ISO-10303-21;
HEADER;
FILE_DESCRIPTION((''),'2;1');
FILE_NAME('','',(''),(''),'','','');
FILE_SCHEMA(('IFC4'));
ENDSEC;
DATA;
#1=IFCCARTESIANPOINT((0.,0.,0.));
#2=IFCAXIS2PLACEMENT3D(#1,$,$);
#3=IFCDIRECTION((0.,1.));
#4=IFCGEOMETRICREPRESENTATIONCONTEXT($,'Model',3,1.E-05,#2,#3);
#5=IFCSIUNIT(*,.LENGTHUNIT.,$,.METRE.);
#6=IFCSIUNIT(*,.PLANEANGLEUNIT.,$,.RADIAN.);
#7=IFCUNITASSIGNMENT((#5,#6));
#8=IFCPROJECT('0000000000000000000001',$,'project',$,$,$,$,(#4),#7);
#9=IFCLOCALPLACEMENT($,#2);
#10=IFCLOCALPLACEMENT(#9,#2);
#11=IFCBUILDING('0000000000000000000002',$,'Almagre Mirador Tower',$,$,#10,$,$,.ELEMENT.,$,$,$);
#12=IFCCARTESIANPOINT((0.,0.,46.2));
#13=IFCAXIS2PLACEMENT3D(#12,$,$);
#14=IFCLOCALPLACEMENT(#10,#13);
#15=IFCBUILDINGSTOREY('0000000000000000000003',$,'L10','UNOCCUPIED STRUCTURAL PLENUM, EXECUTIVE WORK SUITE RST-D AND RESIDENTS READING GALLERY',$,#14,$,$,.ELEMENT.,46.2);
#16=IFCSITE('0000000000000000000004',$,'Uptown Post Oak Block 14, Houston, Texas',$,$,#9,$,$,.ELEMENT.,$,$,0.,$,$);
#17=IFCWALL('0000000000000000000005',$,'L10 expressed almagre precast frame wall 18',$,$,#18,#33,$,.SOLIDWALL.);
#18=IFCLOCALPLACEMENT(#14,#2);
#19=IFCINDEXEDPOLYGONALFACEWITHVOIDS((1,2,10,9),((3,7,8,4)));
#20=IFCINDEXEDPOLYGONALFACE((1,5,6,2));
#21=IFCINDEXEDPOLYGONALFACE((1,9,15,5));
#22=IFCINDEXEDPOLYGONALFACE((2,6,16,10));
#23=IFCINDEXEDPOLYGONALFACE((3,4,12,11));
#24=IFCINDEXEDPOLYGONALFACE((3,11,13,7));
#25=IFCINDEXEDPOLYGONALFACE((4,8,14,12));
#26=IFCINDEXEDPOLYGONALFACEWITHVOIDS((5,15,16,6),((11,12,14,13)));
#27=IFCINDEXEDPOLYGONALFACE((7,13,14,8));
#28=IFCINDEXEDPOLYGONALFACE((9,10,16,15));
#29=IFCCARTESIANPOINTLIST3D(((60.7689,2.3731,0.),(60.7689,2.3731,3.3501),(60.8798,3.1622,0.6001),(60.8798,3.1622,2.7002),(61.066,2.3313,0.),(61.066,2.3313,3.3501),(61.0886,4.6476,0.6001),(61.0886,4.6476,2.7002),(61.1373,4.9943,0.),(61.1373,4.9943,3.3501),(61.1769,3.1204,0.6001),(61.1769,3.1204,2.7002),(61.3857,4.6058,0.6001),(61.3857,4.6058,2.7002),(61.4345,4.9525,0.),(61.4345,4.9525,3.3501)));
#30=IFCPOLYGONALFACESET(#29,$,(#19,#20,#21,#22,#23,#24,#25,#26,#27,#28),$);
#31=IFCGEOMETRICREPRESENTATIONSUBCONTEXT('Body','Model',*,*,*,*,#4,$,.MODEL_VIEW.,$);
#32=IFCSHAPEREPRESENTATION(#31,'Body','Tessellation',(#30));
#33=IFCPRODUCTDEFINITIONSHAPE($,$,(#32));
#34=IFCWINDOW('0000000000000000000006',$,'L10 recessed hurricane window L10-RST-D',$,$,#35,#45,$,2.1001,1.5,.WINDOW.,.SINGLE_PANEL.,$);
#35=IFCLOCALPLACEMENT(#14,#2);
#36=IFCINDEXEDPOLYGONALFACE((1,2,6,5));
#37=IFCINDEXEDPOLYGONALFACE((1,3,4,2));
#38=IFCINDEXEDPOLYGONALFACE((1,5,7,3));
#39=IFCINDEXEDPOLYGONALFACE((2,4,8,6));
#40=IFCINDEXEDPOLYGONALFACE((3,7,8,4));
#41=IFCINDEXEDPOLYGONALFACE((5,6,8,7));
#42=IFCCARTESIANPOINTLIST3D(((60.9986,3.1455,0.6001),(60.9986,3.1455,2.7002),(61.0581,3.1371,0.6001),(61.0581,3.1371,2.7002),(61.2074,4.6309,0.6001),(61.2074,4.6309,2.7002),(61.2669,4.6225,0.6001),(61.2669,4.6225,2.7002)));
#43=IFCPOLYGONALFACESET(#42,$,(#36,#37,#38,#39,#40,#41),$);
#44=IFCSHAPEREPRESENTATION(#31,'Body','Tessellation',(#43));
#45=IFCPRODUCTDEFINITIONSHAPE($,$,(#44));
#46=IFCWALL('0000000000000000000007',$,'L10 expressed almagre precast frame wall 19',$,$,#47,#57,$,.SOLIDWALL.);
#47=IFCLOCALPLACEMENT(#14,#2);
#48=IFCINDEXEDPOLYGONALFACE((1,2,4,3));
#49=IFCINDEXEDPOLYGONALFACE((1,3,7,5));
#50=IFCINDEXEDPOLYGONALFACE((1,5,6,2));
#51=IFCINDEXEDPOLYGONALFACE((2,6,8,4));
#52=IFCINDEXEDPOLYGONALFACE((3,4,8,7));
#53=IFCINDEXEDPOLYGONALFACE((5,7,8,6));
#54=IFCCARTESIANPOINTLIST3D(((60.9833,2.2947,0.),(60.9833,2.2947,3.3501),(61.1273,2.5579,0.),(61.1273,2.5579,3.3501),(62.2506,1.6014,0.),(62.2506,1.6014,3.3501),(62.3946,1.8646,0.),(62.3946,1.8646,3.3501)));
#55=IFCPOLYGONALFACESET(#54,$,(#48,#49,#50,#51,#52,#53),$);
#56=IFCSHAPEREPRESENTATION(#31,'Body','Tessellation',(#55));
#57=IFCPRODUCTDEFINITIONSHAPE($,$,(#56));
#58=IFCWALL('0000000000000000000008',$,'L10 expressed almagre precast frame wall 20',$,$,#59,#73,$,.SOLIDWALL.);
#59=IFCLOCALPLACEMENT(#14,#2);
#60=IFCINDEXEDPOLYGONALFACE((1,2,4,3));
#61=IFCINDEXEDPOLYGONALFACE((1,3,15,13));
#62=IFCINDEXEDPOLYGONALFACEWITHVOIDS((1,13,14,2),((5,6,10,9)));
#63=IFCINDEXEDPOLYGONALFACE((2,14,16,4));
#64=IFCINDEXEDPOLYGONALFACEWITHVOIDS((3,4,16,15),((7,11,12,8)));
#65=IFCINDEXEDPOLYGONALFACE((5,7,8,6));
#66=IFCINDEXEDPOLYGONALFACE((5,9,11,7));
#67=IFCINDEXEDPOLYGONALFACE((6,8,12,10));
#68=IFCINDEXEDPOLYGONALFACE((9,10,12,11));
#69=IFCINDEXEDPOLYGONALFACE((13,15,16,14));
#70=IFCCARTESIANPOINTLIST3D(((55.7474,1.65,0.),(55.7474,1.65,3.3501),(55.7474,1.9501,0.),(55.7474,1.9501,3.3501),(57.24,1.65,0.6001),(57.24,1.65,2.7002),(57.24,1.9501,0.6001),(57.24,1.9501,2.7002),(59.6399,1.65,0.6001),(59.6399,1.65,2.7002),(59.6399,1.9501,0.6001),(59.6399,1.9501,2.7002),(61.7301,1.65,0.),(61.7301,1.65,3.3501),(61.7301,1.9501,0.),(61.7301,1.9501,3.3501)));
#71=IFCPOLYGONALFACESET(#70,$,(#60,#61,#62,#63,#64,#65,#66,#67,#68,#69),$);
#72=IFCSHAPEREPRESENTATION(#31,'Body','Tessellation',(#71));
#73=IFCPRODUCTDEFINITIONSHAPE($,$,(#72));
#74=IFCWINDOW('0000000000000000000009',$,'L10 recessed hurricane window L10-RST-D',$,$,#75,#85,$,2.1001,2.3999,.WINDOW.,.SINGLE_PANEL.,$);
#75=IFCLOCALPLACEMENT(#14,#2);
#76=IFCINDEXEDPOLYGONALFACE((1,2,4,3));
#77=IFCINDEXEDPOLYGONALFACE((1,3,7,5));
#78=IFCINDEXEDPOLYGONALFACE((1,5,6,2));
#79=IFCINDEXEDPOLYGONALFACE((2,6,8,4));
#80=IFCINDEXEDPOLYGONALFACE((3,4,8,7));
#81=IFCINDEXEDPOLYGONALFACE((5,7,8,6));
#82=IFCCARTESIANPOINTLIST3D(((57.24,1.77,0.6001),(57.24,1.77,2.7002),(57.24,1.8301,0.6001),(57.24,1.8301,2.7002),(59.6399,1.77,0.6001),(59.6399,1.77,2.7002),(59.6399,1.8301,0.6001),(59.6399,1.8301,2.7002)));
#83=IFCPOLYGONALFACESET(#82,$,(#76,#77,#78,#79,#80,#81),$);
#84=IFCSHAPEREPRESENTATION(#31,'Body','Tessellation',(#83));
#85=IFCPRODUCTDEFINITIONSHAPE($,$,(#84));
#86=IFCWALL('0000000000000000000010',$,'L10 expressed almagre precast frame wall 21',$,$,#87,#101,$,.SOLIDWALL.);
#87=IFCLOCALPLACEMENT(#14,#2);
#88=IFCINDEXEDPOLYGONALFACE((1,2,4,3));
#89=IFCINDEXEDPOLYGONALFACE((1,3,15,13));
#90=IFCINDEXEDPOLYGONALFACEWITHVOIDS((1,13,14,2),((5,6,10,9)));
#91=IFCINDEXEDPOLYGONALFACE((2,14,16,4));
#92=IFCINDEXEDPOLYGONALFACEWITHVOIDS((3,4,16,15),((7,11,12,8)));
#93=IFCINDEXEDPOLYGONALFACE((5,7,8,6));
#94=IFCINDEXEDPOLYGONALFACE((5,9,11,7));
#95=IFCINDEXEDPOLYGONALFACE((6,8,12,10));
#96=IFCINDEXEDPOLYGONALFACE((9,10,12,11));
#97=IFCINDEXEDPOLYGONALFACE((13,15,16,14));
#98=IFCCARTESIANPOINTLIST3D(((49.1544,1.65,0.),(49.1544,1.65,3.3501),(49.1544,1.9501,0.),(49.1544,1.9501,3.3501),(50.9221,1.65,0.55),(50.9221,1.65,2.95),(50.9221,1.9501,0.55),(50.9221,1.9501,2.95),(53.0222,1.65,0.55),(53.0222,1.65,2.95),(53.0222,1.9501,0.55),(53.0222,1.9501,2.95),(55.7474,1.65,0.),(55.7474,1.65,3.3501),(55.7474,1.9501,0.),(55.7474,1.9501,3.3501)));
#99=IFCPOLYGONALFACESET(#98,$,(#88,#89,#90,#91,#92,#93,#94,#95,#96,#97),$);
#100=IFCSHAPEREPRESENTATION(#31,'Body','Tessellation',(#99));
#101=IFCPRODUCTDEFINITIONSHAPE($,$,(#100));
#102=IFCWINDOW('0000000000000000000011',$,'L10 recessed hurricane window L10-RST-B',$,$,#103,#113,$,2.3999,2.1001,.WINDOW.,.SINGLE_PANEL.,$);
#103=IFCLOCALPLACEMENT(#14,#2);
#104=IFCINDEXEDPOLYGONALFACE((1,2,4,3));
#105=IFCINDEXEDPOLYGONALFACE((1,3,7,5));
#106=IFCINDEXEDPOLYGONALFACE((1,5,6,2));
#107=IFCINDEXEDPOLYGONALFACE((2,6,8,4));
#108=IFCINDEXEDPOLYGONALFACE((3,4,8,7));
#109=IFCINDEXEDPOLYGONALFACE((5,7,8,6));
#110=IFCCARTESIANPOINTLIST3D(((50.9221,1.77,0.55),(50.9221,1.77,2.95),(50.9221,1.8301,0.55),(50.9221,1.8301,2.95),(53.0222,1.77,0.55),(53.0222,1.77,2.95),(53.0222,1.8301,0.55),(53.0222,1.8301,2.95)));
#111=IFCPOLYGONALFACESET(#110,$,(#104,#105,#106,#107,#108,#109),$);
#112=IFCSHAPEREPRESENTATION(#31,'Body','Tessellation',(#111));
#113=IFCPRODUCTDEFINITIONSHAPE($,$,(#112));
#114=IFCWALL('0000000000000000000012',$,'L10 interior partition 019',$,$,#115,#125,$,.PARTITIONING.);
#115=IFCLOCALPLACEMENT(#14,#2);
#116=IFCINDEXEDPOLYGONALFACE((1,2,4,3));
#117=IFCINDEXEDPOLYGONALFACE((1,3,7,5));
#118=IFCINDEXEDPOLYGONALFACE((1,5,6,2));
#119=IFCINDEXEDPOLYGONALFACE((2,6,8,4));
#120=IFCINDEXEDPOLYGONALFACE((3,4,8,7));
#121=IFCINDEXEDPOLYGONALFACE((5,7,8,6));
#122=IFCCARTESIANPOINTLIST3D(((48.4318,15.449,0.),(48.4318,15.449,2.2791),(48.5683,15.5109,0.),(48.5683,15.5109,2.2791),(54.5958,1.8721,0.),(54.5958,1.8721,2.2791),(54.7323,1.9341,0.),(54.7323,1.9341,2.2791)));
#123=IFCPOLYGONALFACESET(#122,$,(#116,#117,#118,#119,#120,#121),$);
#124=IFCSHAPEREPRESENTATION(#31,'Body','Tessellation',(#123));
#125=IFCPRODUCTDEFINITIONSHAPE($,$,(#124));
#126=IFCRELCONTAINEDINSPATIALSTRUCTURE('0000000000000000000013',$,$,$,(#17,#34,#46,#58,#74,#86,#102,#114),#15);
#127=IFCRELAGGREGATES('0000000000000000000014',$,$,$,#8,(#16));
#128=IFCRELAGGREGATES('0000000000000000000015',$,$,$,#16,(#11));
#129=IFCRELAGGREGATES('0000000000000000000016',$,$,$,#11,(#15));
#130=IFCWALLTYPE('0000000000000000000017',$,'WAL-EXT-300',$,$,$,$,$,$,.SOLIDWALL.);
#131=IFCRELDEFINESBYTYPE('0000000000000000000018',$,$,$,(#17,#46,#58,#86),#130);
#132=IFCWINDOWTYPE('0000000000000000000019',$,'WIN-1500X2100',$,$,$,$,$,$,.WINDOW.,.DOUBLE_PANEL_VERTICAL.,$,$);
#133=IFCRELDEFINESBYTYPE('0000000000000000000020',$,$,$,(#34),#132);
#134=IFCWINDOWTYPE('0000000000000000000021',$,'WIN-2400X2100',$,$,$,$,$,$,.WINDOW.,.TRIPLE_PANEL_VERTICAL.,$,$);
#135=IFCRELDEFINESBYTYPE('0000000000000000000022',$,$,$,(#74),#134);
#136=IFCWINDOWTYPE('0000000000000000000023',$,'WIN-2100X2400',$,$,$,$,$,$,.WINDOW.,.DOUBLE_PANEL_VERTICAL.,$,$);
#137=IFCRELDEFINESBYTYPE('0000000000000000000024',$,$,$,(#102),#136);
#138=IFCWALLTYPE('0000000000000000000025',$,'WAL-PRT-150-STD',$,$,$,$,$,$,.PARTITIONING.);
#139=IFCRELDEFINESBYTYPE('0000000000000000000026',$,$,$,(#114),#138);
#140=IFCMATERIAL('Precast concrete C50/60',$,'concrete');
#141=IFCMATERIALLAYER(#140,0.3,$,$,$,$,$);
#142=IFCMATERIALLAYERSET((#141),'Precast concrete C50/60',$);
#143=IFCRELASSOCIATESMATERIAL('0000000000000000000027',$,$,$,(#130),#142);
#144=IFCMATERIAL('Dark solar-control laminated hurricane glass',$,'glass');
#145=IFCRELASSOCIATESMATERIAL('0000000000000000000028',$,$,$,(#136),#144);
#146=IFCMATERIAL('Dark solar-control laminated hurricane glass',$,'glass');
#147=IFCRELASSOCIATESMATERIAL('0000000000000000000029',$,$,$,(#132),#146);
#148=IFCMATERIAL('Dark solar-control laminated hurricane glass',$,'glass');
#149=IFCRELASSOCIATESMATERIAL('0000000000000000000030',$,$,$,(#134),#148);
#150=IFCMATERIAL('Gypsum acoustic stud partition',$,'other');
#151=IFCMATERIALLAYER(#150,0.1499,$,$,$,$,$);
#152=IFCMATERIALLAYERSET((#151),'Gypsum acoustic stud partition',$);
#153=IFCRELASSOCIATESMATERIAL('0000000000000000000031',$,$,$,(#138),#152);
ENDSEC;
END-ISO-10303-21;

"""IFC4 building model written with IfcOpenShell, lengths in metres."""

from ifc_helpers import new_model, si_unit, direction, frame, frame_2d, origin, place, context, subcontext, project, spatial, rectangle, extrude, material, layer, layer_set, type_object, element, fill, save


model = new_model("IFC4")

# Units and contexts
model_context = context("Model", 3, precision=1e-05, world=origin(), true_north=direction((0.0, 1.0)))
body_context = subcontext(model_context, "Body", "Model", "MODEL_VIEW")
ifc_project = project(units=[si_unit("LENGTHUNIT", "METRE"), si_unit("PLANEANGLEUNIT", "RADIAN")], contexts=[model_context])

# Site, building, storey
site_placement = place(None, origin())
site = spatial("IfcSite", under=ifc_project, at=site_placement, Name="Uptown Post Oak Block 14, Houston, Texas", CompositionType="ELEMENT", RefElevation=0.0)
building_placement = place(site_placement, origin())
building = spatial("IfcBuilding", under=site, at=building_placement, Name="Almagre Mirador Tower", CompositionType="ELEMENT")
storey_placement = place(building_placement, frame((0.0, 0.0, 46.2)))
storey = spatial("IfcBuildingStorey", under=building, at=storey_placement, Name="L10", Description="UNOCCUPIED STRUCTURAL PLENUM, EXECUTIVE WORK SUITE RST-D AND RESIDENTS READING GALLERY", CompositionType="ELEMENT", Elevation=46.2)

# Shared definitions
ifc_material_1 = material(Name="Precast concrete C50/60", Category="concrete")
ifc_layer_1 = layer(ifc_material_1, 0.3)
ifc_layer_set_1 = layer_set([ifc_layer_1], Name="Precast concrete C50/60")
wall_type_1 = type_object("IfcWallType", Name="WAL-EXT-300", PredefinedType="SOLIDWALL", material=ifc_layer_set_1)
ifc_material_2 = material(Name="Dark solar-control laminated hurricane glass", Category="glass")
window_type_1 = type_object("IfcWindowType", Name="WIN-2100X2400", PartitioningType="DOUBLE_PANEL_VERTICAL", PredefinedType="WINDOW", material=ifc_material_2)

# Wall, opening, window
wall_1_placement = place(storey_placement, frame((61.2859, 4.9734, 0.0), z_axis=(0.0, 0.0, 1.0), x_axis=(-0.139187, -0.990266, 0.0)))
wall_1 = element("IfcWall", 1, at=wall_1_placement, inside=storey, type_object=wall_type_1, Name="L10 expressed almagre precast frame wall 18", PredefinedType="SOLIDWALL", context=body_context, shape_type="SweptSolid", body=[
    extrude(rectangle(XDim=2.647, YDim=0.3, at=frame_2d((1.3235, 0.0))), origin(), (0.0, 0.0, 1.0), 3.3501),
])
opening_1_placement = place(wall_1_placement, frame((0.3501, 0.0, 0.6001)))
opening_1 = element("IfcOpeningElement", 2, at=opening_1_placement, cuts=wall_1, PredefinedType="OPENING", context=body_context, shape_type="SweptSolid", body=[
    extrude(rectangle(XDim=1.5, YDim=2.1001, at=frame_2d((0.75, 1.05))), frame((0.0, 0.1599, 0.0), z_axis=(0.0, -1.0, 0.0), x_axis=(1.0, 0.0, 0.0)), (0.0, 0.0, 1.0), 0.32),
])
ifc_material_3 = material(Name="Dark solar-control laminated hurricane glass", Category="glass")
window_type_2 = type_object("IfcWindowType", Name="WIN-1500X2100", PartitioningType="DOUBLE_PANEL_VERTICAL", PredefinedType="WINDOW", material=ifc_material_3)
window_1_placement = place(opening_1_placement, origin())
window_1 = element("IfcWindow", 3, at=window_1_placement, inside=storey, type_object=window_type_2, Name="L10 recessed hurricane window L10-RST-D", OverallHeight=2.1001, OverallWidth=1.5, PartitioningType="SINGLE_PANEL", PredefinedType="WINDOW", context=body_context, shape_type="SweptSolid", body=[
    extrude(rectangle(XDim=1.5, YDim=2.1001, at=frame_2d((0.75, 1.05))), frame((0.0, 0.03, 0.0), z_axis=(0.0, -1.0, 0.0), x_axis=(1.0, 0.0, 0.0)), (0.0, 0.0, 1.0), 0.0601),
])
fill(opening_1, window_1)

# Wall
wall_2_placement = place(storey_placement, frame((61.0554, 2.4263, 0.0), z_axis=(0.0, 0.0, 1.0), x_axis=(0.877288, -0.479965, 0.0)))
element("IfcWall", 4, at=wall_2_placement, inside=storey, type_object=wall_type_1, Name="L10 expressed almagre precast frame wall 19", PredefinedType="SOLIDWALL", context=body_context, shape_type="SweptSolid", body=[
    extrude(rectangle(XDim=1.4446, YDim=0.3, at=frame_2d((0.7222, 0.0))), origin(), (0.0, 0.0, 1.0), 3.3501),
])

# Walls, openings, windows
wall_3_placement = place(storey_placement, frame((61.73, 1.8, 0.0), z_axis=(0.0, 0.0, 1.0), x_axis=(-1.0, 0.0, 0.0)))
wall_3 = element("IfcWall", 5, at=wall_3_placement, inside=storey, type_object=wall_type_1, Name="L10 expressed almagre precast frame wall 20", PredefinedType="SOLIDWALL", context=body_context, shape_type="SweptSolid", body=[
    extrude(rectangle(XDim=5.9827, YDim=0.3, at=frame_2d((2.9912, 0.0))), origin(), (0.0, 0.0, 1.0), 3.3501),
])
opening_2_placement = place(wall_3_placement, frame((2.0901, 0.0, 0.6001)))
opening_2 = element("IfcOpeningElement", 6, at=opening_2_placement, cuts=wall_3, PredefinedType="OPENING", context=body_context, shape_type="SweptSolid", body=[
    extrude(rectangle(XDim=2.3999, YDim=2.1001, at=frame_2d((1.2, 1.05))), frame((0.0, 0.1599, 0.0), z_axis=(0.0, -1.0, 0.0), x_axis=(1.0, 0.0, 0.0)), (0.0, 0.0, 1.0), 0.32),
])
ifc_material_4 = material(Name="Dark solar-control laminated hurricane glass", Category="glass")
window_type_3 = type_object("IfcWindowType", Name="WIN-2400X2100", PartitioningType="TRIPLE_PANEL_VERTICAL", PredefinedType="WINDOW", material=ifc_material_4)
window_2_placement = place(opening_2_placement, origin())
window_2 = element("IfcWindow", 7, at=window_2_placement, inside=storey, type_object=window_type_3, Name="L10 recessed hurricane window L10-RST-D", OverallHeight=2.1001, OverallWidth=2.3999, PartitioningType="SINGLE_PANEL", PredefinedType="WINDOW", context=body_context, shape_type="SweptSolid", body=[
    extrude(rectangle(XDim=2.3999, YDim=2.1001, at=frame_2d((1.2, 1.05))), frame((0.0, 0.03, 0.0), z_axis=(0.0, -1.0, 0.0), x_axis=(1.0, 0.0, 0.0)), (0.0, 0.0, 1.0), 0.0601),
])
fill(opening_2, window_2)
wall_4_placement = place(storey_placement, frame((55.7473, 1.8, 0.0), z_axis=(0.0, 0.0, 1.0), x_axis=(-1.0, 0.0, 0.0)))
wall_4 = element("IfcWall", 8, at=wall_4_placement, inside=storey, type_object=wall_type_1, Name="L10 expressed almagre precast frame wall 21", PredefinedType="SOLIDWALL", context=body_context, shape_type="SweptSolid", body=[
    extrude(rectangle(XDim=6.593, YDim=0.3, at=frame_2d((3.2964, 0.0))), origin(), (0.0, 0.0, 1.0), 3.3501),
])
opening_3_placement = place(wall_4_placement, frame((2.7251, 0.0, 0.55)))
opening_3 = element("IfcOpeningElement", 9, at=opening_3_placement, cuts=wall_4, PredefinedType="OPENING", context=body_context, shape_type="SweptSolid", body=[
    extrude(rectangle(XDim=2.1001, YDim=2.3999, at=frame_2d((1.05, 1.2))), frame((0.0, 0.1599, 0.0), z_axis=(0.0, -1.0, 0.0), x_axis=(1.0, 0.0, 0.0)), (0.0, 0.0, 1.0), 0.32),
])
window_3_placement = place(opening_3_placement, origin())
window_3 = element("IfcWindow", 10, at=window_3_placement, inside=storey, type_object=window_type_1, Name="L10 recessed hurricane window L10-RST-B", OverallHeight=2.3999, OverallWidth=2.1001, PartitioningType="SINGLE_PANEL", PredefinedType="WINDOW", context=body_context, shape_type="SweptSolid", body=[
    extrude(rectangle(XDim=2.1001, YDim=2.3999, at=frame_2d((1.05, 1.2))), frame((0.0, 0.03, 0.0), z_axis=(0.0, -1.0, 0.0), x_axis=(1.0, 0.0, 0.0)), (0.0, 0.0, 1.0), 0.0601),
])
fill(opening_3, window_3)

# Wall
ifc_material_5 = material(Name="Gypsum acoustic stud partition", Category="other")
ifc_layer_2 = layer(ifc_material_5, 0.1499)
ifc_layer_set_2 = layer_set([ifc_layer_2], Name="Gypsum acoustic stud partition")
wall_type_2 = type_object("IfcWallType", Name="WAL-PRT-150-STD", PredefinedType="PARTITIONING", material=ifc_layer_set_2)
wall_5_placement = place(storey_placement, frame((54.6641, 1.9031, 0.0), z_axis=(0.0, 0.0, 1.0), x_axis=(-0.4134, 0.91055, 0.0)))
element("IfcWall", 11, at=wall_5_placement, inside=storey, type_object=wall_type_2, Name="L10 interior partition 019", PredefinedType="PARTITIONING", context=body_context, shape_type="SweptSolid", body=[
    extrude(rectangle(XDim=14.9106, YDim=0.1499, at=frame_2d((7.4553, 0.0))), origin(), (0.0, 0.0, 1.0), 2.2791),
])

save(model, "model.ifc")
